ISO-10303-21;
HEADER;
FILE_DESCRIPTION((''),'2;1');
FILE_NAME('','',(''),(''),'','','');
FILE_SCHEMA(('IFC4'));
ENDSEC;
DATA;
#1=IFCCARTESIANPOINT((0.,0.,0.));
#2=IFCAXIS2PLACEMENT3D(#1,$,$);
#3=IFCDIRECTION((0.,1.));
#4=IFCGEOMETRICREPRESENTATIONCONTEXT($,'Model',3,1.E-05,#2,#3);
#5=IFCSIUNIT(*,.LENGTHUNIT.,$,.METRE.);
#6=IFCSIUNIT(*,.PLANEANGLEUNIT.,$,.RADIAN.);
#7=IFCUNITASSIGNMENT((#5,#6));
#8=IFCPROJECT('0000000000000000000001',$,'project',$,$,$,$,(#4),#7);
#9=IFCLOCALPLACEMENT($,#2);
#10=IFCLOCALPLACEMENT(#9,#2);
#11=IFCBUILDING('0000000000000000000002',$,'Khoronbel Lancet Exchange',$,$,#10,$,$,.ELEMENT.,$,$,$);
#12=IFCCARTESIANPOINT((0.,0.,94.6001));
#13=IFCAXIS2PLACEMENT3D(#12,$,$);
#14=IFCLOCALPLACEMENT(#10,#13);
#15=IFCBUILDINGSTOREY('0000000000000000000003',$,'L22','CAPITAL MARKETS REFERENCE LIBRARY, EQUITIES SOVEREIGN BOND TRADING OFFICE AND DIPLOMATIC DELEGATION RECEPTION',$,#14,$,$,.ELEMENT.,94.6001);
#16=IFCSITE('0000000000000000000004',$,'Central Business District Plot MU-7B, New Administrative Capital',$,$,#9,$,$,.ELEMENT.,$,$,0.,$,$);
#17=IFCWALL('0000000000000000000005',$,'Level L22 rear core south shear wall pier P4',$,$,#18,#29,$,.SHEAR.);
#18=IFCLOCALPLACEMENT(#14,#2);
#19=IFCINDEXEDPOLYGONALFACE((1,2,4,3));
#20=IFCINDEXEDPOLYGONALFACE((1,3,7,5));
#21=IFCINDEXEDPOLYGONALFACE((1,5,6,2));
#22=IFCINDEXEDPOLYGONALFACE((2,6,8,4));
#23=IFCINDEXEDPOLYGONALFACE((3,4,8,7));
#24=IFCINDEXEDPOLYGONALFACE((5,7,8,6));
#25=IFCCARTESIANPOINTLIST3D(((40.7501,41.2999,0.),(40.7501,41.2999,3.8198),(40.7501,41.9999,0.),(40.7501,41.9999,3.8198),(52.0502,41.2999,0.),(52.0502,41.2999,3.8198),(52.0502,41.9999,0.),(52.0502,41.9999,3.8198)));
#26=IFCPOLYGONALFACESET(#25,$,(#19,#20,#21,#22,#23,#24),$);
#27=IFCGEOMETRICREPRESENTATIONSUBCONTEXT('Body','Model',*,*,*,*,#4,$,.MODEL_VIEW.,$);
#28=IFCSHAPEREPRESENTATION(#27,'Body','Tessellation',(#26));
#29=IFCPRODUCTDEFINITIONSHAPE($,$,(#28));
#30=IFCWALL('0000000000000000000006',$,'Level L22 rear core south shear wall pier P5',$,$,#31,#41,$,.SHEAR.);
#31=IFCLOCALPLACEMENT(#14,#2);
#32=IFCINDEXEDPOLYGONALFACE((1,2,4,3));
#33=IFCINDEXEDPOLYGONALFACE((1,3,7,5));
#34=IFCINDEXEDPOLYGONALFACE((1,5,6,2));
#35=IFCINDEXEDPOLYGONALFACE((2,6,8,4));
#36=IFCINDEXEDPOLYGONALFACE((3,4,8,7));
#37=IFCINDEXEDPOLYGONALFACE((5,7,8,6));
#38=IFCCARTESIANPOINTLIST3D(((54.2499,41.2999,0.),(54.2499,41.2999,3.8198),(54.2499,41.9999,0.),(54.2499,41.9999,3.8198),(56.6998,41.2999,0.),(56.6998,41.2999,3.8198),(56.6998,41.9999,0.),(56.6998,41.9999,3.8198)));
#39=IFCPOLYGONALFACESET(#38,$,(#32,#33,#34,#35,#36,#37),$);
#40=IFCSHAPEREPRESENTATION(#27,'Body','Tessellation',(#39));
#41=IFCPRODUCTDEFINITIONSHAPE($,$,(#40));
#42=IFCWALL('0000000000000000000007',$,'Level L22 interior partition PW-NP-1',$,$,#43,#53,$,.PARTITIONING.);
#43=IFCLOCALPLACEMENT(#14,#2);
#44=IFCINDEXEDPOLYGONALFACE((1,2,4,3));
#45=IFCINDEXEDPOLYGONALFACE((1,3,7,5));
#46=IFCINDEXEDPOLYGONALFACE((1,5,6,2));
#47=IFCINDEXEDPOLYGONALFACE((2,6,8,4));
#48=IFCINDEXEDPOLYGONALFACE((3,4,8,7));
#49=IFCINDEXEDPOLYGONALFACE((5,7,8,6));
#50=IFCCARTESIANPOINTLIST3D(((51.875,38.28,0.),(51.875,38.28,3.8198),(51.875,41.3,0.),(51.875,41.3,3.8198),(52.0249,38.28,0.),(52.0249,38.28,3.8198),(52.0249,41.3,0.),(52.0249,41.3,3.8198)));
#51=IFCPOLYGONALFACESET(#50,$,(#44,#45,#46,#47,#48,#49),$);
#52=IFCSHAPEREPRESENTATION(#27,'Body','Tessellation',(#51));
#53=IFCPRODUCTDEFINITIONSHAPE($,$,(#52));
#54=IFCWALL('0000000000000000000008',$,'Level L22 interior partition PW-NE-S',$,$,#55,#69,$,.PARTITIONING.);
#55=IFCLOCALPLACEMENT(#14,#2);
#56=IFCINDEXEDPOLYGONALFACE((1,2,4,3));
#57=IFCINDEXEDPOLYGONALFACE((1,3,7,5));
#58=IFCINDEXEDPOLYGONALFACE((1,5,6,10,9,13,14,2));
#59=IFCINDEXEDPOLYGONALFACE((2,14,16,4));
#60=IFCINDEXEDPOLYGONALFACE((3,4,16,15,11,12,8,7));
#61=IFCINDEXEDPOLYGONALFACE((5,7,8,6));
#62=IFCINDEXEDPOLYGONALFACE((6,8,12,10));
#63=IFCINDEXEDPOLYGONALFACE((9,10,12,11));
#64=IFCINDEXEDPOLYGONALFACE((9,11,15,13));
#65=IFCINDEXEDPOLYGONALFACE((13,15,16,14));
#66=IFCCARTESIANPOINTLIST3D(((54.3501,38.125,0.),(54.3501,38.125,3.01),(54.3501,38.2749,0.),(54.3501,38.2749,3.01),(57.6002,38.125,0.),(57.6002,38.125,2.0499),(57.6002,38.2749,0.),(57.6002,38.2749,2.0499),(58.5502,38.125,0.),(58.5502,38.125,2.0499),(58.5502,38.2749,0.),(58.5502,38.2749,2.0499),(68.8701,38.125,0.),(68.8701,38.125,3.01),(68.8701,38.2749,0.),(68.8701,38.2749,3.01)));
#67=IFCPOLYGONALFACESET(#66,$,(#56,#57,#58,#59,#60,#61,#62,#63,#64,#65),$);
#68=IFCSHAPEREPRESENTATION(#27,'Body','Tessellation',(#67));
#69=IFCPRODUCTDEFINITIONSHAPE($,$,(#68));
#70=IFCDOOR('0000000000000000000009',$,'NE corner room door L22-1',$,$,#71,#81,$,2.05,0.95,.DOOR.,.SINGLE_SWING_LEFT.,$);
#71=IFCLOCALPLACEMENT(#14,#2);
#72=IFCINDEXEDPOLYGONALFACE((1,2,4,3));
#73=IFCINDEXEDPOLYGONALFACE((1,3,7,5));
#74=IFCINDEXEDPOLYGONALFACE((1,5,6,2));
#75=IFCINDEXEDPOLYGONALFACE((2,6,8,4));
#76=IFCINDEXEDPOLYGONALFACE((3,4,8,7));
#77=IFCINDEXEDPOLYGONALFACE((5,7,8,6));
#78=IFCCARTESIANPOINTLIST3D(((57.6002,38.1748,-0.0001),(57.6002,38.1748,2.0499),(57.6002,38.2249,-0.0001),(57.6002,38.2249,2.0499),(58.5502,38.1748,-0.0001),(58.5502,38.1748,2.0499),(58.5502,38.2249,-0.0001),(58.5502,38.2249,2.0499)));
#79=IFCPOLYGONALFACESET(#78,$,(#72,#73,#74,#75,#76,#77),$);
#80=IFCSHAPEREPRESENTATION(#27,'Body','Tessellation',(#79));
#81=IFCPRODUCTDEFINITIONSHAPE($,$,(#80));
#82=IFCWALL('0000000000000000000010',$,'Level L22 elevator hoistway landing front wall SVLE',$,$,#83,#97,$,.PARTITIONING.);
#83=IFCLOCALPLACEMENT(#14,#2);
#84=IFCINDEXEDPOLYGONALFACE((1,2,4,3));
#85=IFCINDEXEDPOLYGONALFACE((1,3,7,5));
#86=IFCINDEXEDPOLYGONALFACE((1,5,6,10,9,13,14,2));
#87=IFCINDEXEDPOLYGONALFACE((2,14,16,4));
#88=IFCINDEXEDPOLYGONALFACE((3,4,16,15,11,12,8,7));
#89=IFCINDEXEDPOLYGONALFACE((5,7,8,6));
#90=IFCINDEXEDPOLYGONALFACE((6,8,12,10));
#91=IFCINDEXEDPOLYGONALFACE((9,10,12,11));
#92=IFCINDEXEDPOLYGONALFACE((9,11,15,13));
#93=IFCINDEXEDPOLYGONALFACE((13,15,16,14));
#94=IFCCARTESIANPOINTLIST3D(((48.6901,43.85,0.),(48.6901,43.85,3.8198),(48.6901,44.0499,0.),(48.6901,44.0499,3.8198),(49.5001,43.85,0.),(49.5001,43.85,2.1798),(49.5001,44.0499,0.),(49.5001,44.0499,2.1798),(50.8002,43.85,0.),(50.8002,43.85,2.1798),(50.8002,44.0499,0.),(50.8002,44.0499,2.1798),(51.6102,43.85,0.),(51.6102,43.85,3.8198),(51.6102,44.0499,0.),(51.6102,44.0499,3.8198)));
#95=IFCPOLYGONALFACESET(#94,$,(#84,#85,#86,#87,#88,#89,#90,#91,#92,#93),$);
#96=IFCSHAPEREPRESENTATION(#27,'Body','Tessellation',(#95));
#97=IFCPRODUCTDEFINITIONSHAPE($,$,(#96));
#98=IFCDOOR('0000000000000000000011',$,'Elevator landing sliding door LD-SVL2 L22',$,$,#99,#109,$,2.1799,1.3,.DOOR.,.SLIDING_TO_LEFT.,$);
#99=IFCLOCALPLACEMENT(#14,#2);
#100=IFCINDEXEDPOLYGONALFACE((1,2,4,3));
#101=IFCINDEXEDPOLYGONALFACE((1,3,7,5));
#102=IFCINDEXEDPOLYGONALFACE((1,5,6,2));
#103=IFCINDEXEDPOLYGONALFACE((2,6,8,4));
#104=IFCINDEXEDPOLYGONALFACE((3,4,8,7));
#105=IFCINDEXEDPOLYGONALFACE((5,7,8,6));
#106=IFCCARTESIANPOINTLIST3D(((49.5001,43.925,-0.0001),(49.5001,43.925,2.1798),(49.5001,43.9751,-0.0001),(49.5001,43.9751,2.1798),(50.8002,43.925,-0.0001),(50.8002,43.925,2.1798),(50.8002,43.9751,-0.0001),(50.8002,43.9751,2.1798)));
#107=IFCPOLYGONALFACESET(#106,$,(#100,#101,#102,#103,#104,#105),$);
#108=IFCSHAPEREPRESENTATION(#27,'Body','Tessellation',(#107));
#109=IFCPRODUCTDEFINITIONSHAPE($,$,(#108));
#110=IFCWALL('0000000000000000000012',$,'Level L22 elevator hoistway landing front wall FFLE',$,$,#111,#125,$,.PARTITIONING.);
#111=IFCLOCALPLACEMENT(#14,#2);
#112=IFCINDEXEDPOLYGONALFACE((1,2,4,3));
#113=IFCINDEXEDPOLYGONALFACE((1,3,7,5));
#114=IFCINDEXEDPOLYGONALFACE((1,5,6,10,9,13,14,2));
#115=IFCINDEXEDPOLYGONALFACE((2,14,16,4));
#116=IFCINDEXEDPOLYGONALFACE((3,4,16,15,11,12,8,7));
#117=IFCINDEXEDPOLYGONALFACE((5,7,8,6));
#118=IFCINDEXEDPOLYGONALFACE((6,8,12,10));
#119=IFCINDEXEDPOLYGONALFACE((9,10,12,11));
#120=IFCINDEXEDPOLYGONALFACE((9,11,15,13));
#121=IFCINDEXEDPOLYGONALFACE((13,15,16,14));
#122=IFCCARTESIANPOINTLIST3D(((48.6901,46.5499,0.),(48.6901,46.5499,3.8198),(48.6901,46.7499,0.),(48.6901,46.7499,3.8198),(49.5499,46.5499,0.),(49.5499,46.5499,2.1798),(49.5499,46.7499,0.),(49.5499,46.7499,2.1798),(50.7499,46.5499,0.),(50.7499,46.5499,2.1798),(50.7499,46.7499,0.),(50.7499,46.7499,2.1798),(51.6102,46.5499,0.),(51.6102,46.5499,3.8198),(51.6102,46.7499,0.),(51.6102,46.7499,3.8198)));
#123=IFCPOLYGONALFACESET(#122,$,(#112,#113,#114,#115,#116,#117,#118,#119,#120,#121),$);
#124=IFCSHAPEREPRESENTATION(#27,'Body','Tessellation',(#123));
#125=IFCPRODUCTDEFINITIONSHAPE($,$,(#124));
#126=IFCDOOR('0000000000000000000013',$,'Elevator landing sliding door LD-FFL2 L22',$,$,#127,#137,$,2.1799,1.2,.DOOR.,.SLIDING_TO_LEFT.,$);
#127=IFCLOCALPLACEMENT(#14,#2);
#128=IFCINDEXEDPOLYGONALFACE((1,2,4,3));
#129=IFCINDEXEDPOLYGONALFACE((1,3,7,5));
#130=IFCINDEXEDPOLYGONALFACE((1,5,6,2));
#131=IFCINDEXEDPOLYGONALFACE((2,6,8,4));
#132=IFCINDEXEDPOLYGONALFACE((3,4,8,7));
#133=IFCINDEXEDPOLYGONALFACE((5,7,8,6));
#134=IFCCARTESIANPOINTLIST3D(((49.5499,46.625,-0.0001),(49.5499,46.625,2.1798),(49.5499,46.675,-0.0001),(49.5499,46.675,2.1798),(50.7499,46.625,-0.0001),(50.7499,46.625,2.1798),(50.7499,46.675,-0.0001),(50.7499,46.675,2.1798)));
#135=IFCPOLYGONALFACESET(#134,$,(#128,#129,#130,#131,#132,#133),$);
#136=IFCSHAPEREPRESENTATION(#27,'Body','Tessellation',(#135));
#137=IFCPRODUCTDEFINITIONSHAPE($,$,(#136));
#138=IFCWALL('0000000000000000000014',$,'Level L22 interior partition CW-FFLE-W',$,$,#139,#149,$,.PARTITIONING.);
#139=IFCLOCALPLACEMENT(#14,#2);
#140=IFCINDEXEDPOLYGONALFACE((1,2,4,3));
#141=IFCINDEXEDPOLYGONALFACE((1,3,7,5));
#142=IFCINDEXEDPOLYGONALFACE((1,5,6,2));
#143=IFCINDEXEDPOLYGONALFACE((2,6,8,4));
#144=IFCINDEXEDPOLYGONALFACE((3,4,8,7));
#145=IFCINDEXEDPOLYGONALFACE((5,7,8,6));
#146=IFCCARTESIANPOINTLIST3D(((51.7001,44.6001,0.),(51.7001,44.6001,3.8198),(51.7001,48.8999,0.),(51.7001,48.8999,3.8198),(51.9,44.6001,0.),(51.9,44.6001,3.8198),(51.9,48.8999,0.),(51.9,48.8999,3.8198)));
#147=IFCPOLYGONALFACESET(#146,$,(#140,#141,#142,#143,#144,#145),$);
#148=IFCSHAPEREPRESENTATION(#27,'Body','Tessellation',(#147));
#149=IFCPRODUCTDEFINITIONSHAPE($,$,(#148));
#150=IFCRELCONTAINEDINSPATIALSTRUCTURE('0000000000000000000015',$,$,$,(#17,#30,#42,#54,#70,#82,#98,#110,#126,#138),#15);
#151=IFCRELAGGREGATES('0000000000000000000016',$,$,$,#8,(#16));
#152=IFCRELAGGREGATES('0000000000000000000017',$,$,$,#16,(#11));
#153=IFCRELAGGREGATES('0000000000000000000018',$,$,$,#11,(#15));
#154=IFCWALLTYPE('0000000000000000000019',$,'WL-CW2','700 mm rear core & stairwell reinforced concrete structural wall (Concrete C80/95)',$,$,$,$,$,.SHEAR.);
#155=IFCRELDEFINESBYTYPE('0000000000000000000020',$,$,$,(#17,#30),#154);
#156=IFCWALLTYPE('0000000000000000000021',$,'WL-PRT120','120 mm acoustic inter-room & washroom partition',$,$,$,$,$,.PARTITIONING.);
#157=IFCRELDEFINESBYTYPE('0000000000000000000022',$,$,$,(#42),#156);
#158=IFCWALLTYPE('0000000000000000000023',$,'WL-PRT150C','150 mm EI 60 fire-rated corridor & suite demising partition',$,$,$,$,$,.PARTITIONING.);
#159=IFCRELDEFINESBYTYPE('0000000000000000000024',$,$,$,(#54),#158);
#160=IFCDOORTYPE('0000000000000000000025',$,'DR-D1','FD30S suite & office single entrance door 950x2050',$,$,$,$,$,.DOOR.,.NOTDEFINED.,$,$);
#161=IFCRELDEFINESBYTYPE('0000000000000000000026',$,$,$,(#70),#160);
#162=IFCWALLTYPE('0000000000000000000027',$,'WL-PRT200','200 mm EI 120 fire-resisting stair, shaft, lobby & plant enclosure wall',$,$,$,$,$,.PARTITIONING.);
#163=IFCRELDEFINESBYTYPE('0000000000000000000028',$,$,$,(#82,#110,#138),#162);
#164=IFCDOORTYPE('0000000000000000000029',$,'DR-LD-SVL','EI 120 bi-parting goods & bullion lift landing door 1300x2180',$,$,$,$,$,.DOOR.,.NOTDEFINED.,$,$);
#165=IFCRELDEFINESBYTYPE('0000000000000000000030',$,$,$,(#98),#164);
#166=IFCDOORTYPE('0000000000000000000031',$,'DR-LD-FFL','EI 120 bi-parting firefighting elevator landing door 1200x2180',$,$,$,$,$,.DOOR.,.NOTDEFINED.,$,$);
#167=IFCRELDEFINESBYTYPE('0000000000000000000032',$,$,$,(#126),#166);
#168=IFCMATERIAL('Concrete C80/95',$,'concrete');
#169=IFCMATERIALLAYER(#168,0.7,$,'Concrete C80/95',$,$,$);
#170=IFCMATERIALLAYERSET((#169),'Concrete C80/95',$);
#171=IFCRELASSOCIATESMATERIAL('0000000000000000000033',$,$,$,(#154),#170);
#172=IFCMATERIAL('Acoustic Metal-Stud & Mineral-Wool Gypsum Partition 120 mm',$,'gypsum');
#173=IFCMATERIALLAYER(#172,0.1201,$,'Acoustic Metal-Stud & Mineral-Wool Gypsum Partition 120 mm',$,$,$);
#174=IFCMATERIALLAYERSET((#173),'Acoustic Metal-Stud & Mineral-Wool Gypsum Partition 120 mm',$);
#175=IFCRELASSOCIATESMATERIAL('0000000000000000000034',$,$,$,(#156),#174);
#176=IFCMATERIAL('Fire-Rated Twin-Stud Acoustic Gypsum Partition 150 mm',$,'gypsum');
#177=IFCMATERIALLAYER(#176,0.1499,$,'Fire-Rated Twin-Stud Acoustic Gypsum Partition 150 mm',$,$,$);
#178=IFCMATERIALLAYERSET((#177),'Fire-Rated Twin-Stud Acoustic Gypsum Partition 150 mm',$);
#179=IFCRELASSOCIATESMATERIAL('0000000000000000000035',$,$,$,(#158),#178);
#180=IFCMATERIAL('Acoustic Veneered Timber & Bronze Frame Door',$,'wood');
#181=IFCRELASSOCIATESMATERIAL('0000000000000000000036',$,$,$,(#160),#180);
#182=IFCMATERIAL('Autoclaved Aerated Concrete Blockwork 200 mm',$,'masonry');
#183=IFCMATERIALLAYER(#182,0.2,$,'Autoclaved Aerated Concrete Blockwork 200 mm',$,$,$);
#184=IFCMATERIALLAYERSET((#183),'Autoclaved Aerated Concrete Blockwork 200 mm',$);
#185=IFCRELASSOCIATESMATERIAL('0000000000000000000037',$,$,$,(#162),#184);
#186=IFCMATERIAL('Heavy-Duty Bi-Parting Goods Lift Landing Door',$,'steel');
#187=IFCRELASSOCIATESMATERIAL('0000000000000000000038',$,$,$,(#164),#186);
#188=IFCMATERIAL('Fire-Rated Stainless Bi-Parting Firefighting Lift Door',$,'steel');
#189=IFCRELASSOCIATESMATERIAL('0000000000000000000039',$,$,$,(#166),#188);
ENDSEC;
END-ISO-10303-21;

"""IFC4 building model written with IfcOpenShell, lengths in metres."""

from ifc_helpers import new_model, si_unit, direction, frame, frame_2d, origin, place, context, subcontext, project, spatial, rectangle, extrude, material, layer, layer_set, type_object, element, fill, save


model = new_model("IFC4")

# Units and contexts
model_context = context("Model", 3, precision=1e-05, world=origin(), true_north=direction((0.0, 1.0)))
body_context = subcontext(model_context, "Body", "Model", "MODEL_VIEW")
ifc_project = project(units=[si_unit("LENGTHUNIT", "METRE"), si_unit("PLANEANGLEUNIT", "RADIAN")], contexts=[model_context])

# Site, building, storey
site_placement = place(None, origin())
site = spatial("IfcSite", under=ifc_project, at=site_placement, Name="Central Business District Plot MU-7B, New Administrative Capital", CompositionType="ELEMENT", RefElevation=0.0)
building_placement = place(site_placement, origin())
building = spatial("IfcBuilding", under=site, at=building_placement, Name="Khoronbel Lancet Exchange", CompositionType="ELEMENT")
storey_placement = place(building_placement, frame((0.0, 0.0, 94.6001)))
storey = spatial("IfcBuildingStorey", under=building, at=storey_placement, Name="L22", Description="CAPITAL MARKETS REFERENCE LIBRARY, EQUITIES SOVEREIGN BOND TRADING OFFICE AND DIPLOMATIC DELEGATION RECEPTION", CompositionType="ELEMENT", Elevation=94.6001)

# Shared definitions
ifc_material_1 = material(Name="Concrete C80/95", Category="concrete")

# Walls
ifc_layer_1 = layer(ifc_material_1, 0.7, Name="Concrete C80/95")
ifc_layer_set_1 = layer_set([ifc_layer_1], Name="Concrete C80/95")
wall_type_1 = type_object("IfcWallType", Name="WL-CW2", Description="700 mm rear core & stairwell reinforced concrete structural wall (Concrete C80/95)", PredefinedType="SHEAR", material=ifc_layer_set_1)
wall_1_placement = place(storey_placement, frame((52.05, 41.6499, 0.0), z_axis=(0.0, 0.0, 1.0), x_axis=(-1.0, 0.0, 0.0)))
element("IfcWall", 1, at=wall_1_placement, inside=storey, type_object=wall_type_1, Name="Level L22 rear core south shear wall pier P4", PredefinedType="SHEAR", context=body_context, shape_type="SweptSolid", body=[
    extrude(rectangle(XDim=11.3, YDim=0.7, at=frame_2d((5.6499, 0.0))), origin(), (0.0, 0.0, 1.0), 3.8198),
])
wall_2_placement = place(storey_placement, frame((56.7, 41.6499, 0.0), z_axis=(0.0, 0.0, 1.0), x_axis=(-1.0, 0.0, 0.0)))
element("IfcWall", 2, at=wall_2_placement, inside=storey, type_object=wall_type_1, Name="Level L22 rear core south shear wall pier P5", PredefinedType="SHEAR", context=body_context, shape_type="SweptSolid", body=[
    extrude(rectangle(XDim=2.45, YDim=0.7, at=frame_2d((1.2251, 0.0))), origin(), (0.0, 0.0, 1.0), 3.8198),
])
ifc_material_2 = material(Name="Acoustic Metal-Stud & Mineral-Wool Gypsum Partition 120 mm", Category="gypsum")
ifc_layer_2 = layer(ifc_material_2, 0.1201, Name="Acoustic Metal-Stud & Mineral-Wool Gypsum Partition 120 mm")
ifc_layer_set_2 = layer_set([ifc_layer_2], Name="Acoustic Metal-Stud & Mineral-Wool Gypsum Partition 120 mm")
wall_type_2 = type_object("IfcWallType", Name="WL-PRT120", Description="120 mm acoustic inter-room & washroom partition", PredefinedType="PARTITIONING", material=ifc_layer_set_2)
wall_3_placement = place(storey_placement, frame((51.95, 38.28, 0.0), z_axis=(0.0, 0.0, 1.0), x_axis=(0.0, 1.0, 0.0)))
element("IfcWall", 3, at=wall_3_placement, inside=storey, type_object=wall_type_2, Name="Level L22 interior partition PW-NP-1", PredefinedType="PARTITIONING", context=body_context, shape_type="SweptSolid", body=[
    extrude(rectangle(XDim=3.02, YDim=0.1499, at=frame_2d((1.51, 0.0))), origin(), (0.0, 0.0, 1.0), 3.8198),
])

# Walls, openings, doors
ifc_material_3 = material(Name="Fire-Rated Twin-Stud Acoustic Gypsum Partition 150 mm", Category="gypsum")
ifc_layer_3 = layer(ifc_material_3, 0.1499, Name="Fire-Rated Twin-Stud Acoustic Gypsum Partition 150 mm")
ifc_layer_set_3 = layer_set([ifc_layer_3], Name="Fire-Rated Twin-Stud Acoustic Gypsum Partition 150 mm")
wall_type_3 = type_object("IfcWallType", Name="WL-PRT150C", Description="150 mm EI 60 fire-rated corridor & suite demising partition", PredefinedType="PARTITIONING", material=ifc_layer_set_3)
wall_4_placement = place(storey_placement, frame((54.3501, 38.2, 0.0), z_axis=(0.0, 0.0, 1.0), x_axis=(1.0, 0.0, 0.0)))
wall_4 = element("IfcWall", 4, at=wall_4_placement, inside=storey, type_object=wall_type_3, Name="Level L22 interior partition PW-NE-S", PredefinedType="PARTITIONING", context=body_context, shape_type="SweptSolid", body=[
    extrude(rectangle(XDim=14.52, YDim=0.1499, at=frame_2d((7.26, 0.0))), origin(), (0.0, 0.0, 1.0), 3.01),
])
opening_1_placement = place(wall_4_placement, frame((3.25, 0.0, 0.0)))
opening_1 = element("IfcOpeningElement", 5, at=opening_1_placement, cuts=wall_4, PredefinedType="OPENING", context=body_context, shape_type="SweptSolid", body=[
    extrude(rectangle(XDim=0.95, YDim=2.05, at=frame_2d((0.4751, 1.0249))), frame((0.0, 0.085, 0.0), z_axis=(0.0, -1.0, 0.0), x_axis=(1.0, 0.0, 0.0)), (0.0, 0.0, 1.0), 0.1699),
])
ifc_material_4 = material(Name="Acoustic Veneered Timber & Bronze Frame Door", Category="wood")
door_type_1 = type_object("IfcDoorType", Name="DR-D1", Description="FD30S suite & office single entrance door 950x2050", OperationType="NOTDEFINED", PredefinedType="DOOR", material=ifc_material_4)
door_1_placement = place(opening_1_placement, origin())
door_1 = element("IfcDoor", 6, at=door_1_placement, inside=storey, type_object=door_type_1, Name="NE corner room door L22-1", OperationType="SINGLE_SWING_LEFT", OverallHeight=2.05, OverallWidth=0.95, PredefinedType="DOOR", context=body_context, shape_type="SweptSolid", body=[
    extrude(rectangle(XDim=0.95, YDim=2.05, at=frame_2d((0.4751, 1.0249))), frame((0.0, 0.0249, 0.0), z_axis=(0.0, -1.0, 0.0), x_axis=(1.0, 0.0, 0.0)), (0.0, 0.0, 1.0), 0.05),
])
fill(opening_1, door_1)
ifc_material_5 = material(Name="Autoclaved Aerated Concrete Blockwork 200 mm", Category="masonry")
ifc_layer_4 = layer(ifc_material_5, 0.2, Name="Autoclaved Aerated Concrete Blockwork 200 mm")
ifc_layer_set_4 = layer_set([ifc_layer_4], Name="Autoclaved Aerated Concrete Blockwork 200 mm")
wall_type_4 = type_object("IfcWallType", Name="WL-PRT200", Description="200 mm EI 120 fire-resisting stair, shaft, lobby & plant enclosure wall", PredefinedType="PARTITIONING", material=ifc_layer_set_4)
wall_5_placement = place(storey_placement, frame((51.6101, 43.95, 0.0), z_axis=(0.0, 0.0, 1.0), x_axis=(-1.0, 0.0, 0.0)))
wall_5 = element("IfcWall", 7, at=wall_5_placement, inside=storey, type_object=wall_type_4, Name="Level L22 elevator hoistway landing front wall SVLE", PredefinedType="PARTITIONING", context=body_context, shape_type="SweptSolid", body=[
    extrude(rectangle(XDim=2.9202, YDim=0.2, at=frame_2d((1.46, 0.0))), origin(), (0.0, 0.0, 1.0), 3.8198),
])
opening_2_placement = place(wall_5_placement, frame((0.8101, 0.0, 0.0)))
opening_2 = element("IfcOpeningElement", 8, at=opening_2_placement, cuts=wall_5, PredefinedType="OPENING", context=body_context, shape_type="SweptSolid", body=[
    extrude(rectangle(XDim=1.3, YDim=2.1799, at=frame_2d((0.6499, 1.0898))), frame((0.0, 0.1099, 0.0), z_axis=(0.0, -1.0, 0.0), x_axis=(1.0, 0.0, 0.0)), (0.0, 0.0, 1.0), 0.22),
])
ifc_material_6 = material(Name="Heavy-Duty Bi-Parting Goods Lift Landing Door", Category="steel")
door_type_2 = type_object("IfcDoorType", Name="DR-LD-SVL", Description="EI 120 bi-parting goods & bullion lift landing door 1300x2180", OperationType="NOTDEFINED", PredefinedType="DOOR", material=ifc_material_6)
door_2_placement = place(opening_2_placement, origin())
door_2 = element("IfcDoor", 9, at=door_2_placement, inside=storey, type_object=door_type_2, Name="Elevator landing sliding door LD-SVL2 L22", OperationType="SLIDING_TO_LEFT", OverallHeight=2.1799, OverallWidth=1.3, PredefinedType="DOOR", context=body_context, shape_type="SweptSolid", body=[
    extrude(rectangle(XDim=1.3, YDim=2.1799, at=frame_2d((0.6499, 1.0898))), frame((0.0, 0.0249, 0.0), z_axis=(0.0, -1.0, 0.0), x_axis=(1.0, 0.0, 0.0)), (0.0, 0.0, 1.0), 0.05),
])
fill(opening_2, door_2)
wall_6_placement = place(storey_placement, frame((51.6101, 46.6499, 0.0), z_axis=(0.0, 0.0, 1.0), x_axis=(-1.0, 0.0, 0.0)))
wall_6 = element("IfcWall", 10, at=wall_6_placement, inside=storey, type_object=wall_type_4, Name="Level L22 elevator hoistway landing front wall FFLE", PredefinedType="PARTITIONING", context=body_context, shape_type="SweptSolid", body=[
    extrude(rectangle(XDim=2.9202, YDim=0.2, at=frame_2d((1.46, 0.0))), origin(), (0.0, 0.0, 1.0), 3.8198),
])
opening_3_placement = place(wall_6_placement, frame((0.8601, 0.0, 0.0)))
opening_3 = element("IfcOpeningElement", 11, at=opening_3_placement, cuts=wall_6, PredefinedType="OPENING", context=body_context, shape_type="SweptSolid", body=[
    extrude(rectangle(XDim=1.2, YDim=2.1799, at=frame_2d((0.6001, 1.0898))), frame((0.0, 0.1099, 0.0), z_axis=(0.0, -1.0, 0.0), x_axis=(1.0, 0.0, 0.0)), (0.0, 0.0, 1.0), 0.22),
])
ifc_material_7 = material(Name="Fire-Rated Stainless Bi-Parting Firefighting Lift Door", Category="steel")
door_type_3 = type_object("IfcDoorType", Name="DR-LD-FFL", Description="EI 120 bi-parting firefighting elevator landing door 1200x2180", OperationType="NOTDEFINED", PredefinedType="DOOR", material=ifc_material_7)
door_3_placement = place(opening_3_placement, origin())
door_3 = element("IfcDoor", 12, at=door_3_placement, inside=storey, type_object=door_type_3, Name="Elevator landing sliding door LD-FFL2 L22", OperationType="SLIDING_TO_LEFT", OverallHeight=2.1799, OverallWidth=1.2, PredefinedType="DOOR", context=body_context, shape_type="SweptSolid", body=[
    extrude(rectangle(XDim=1.2, YDim=2.1799, at=frame_2d((0.6001, 1.0898))), frame((0.0, 0.0249, 0.0), z_axis=(0.0, -1.0, 0.0), x_axis=(1.0, 0.0, 0.0)), (0.0, 0.0, 1.0), 0.05),
])
fill(opening_3, door_3)

# Wall
wall_7_placement = place(storey_placement, frame((51.8, 44.6001, 0.0), z_axis=(0.0, 0.0, 1.0), x_axis=(0.0, 1.0, 0.0)))
element("IfcWall", 13, at=wall_7_placement, inside=storey, type_object=wall_type_4, Name="Level L22 interior partition CW-FFLE-W", PredefinedType="PARTITIONING", context=body_context, shape_type="SweptSolid", body=[
    extrude(rectangle(XDim=4.2998, YDim=0.2, at=frame_2d((2.1499, 0.0))), origin(), (0.0, 0.0, 1.0), 3.8198),
])

save(model, "model.ifc")
